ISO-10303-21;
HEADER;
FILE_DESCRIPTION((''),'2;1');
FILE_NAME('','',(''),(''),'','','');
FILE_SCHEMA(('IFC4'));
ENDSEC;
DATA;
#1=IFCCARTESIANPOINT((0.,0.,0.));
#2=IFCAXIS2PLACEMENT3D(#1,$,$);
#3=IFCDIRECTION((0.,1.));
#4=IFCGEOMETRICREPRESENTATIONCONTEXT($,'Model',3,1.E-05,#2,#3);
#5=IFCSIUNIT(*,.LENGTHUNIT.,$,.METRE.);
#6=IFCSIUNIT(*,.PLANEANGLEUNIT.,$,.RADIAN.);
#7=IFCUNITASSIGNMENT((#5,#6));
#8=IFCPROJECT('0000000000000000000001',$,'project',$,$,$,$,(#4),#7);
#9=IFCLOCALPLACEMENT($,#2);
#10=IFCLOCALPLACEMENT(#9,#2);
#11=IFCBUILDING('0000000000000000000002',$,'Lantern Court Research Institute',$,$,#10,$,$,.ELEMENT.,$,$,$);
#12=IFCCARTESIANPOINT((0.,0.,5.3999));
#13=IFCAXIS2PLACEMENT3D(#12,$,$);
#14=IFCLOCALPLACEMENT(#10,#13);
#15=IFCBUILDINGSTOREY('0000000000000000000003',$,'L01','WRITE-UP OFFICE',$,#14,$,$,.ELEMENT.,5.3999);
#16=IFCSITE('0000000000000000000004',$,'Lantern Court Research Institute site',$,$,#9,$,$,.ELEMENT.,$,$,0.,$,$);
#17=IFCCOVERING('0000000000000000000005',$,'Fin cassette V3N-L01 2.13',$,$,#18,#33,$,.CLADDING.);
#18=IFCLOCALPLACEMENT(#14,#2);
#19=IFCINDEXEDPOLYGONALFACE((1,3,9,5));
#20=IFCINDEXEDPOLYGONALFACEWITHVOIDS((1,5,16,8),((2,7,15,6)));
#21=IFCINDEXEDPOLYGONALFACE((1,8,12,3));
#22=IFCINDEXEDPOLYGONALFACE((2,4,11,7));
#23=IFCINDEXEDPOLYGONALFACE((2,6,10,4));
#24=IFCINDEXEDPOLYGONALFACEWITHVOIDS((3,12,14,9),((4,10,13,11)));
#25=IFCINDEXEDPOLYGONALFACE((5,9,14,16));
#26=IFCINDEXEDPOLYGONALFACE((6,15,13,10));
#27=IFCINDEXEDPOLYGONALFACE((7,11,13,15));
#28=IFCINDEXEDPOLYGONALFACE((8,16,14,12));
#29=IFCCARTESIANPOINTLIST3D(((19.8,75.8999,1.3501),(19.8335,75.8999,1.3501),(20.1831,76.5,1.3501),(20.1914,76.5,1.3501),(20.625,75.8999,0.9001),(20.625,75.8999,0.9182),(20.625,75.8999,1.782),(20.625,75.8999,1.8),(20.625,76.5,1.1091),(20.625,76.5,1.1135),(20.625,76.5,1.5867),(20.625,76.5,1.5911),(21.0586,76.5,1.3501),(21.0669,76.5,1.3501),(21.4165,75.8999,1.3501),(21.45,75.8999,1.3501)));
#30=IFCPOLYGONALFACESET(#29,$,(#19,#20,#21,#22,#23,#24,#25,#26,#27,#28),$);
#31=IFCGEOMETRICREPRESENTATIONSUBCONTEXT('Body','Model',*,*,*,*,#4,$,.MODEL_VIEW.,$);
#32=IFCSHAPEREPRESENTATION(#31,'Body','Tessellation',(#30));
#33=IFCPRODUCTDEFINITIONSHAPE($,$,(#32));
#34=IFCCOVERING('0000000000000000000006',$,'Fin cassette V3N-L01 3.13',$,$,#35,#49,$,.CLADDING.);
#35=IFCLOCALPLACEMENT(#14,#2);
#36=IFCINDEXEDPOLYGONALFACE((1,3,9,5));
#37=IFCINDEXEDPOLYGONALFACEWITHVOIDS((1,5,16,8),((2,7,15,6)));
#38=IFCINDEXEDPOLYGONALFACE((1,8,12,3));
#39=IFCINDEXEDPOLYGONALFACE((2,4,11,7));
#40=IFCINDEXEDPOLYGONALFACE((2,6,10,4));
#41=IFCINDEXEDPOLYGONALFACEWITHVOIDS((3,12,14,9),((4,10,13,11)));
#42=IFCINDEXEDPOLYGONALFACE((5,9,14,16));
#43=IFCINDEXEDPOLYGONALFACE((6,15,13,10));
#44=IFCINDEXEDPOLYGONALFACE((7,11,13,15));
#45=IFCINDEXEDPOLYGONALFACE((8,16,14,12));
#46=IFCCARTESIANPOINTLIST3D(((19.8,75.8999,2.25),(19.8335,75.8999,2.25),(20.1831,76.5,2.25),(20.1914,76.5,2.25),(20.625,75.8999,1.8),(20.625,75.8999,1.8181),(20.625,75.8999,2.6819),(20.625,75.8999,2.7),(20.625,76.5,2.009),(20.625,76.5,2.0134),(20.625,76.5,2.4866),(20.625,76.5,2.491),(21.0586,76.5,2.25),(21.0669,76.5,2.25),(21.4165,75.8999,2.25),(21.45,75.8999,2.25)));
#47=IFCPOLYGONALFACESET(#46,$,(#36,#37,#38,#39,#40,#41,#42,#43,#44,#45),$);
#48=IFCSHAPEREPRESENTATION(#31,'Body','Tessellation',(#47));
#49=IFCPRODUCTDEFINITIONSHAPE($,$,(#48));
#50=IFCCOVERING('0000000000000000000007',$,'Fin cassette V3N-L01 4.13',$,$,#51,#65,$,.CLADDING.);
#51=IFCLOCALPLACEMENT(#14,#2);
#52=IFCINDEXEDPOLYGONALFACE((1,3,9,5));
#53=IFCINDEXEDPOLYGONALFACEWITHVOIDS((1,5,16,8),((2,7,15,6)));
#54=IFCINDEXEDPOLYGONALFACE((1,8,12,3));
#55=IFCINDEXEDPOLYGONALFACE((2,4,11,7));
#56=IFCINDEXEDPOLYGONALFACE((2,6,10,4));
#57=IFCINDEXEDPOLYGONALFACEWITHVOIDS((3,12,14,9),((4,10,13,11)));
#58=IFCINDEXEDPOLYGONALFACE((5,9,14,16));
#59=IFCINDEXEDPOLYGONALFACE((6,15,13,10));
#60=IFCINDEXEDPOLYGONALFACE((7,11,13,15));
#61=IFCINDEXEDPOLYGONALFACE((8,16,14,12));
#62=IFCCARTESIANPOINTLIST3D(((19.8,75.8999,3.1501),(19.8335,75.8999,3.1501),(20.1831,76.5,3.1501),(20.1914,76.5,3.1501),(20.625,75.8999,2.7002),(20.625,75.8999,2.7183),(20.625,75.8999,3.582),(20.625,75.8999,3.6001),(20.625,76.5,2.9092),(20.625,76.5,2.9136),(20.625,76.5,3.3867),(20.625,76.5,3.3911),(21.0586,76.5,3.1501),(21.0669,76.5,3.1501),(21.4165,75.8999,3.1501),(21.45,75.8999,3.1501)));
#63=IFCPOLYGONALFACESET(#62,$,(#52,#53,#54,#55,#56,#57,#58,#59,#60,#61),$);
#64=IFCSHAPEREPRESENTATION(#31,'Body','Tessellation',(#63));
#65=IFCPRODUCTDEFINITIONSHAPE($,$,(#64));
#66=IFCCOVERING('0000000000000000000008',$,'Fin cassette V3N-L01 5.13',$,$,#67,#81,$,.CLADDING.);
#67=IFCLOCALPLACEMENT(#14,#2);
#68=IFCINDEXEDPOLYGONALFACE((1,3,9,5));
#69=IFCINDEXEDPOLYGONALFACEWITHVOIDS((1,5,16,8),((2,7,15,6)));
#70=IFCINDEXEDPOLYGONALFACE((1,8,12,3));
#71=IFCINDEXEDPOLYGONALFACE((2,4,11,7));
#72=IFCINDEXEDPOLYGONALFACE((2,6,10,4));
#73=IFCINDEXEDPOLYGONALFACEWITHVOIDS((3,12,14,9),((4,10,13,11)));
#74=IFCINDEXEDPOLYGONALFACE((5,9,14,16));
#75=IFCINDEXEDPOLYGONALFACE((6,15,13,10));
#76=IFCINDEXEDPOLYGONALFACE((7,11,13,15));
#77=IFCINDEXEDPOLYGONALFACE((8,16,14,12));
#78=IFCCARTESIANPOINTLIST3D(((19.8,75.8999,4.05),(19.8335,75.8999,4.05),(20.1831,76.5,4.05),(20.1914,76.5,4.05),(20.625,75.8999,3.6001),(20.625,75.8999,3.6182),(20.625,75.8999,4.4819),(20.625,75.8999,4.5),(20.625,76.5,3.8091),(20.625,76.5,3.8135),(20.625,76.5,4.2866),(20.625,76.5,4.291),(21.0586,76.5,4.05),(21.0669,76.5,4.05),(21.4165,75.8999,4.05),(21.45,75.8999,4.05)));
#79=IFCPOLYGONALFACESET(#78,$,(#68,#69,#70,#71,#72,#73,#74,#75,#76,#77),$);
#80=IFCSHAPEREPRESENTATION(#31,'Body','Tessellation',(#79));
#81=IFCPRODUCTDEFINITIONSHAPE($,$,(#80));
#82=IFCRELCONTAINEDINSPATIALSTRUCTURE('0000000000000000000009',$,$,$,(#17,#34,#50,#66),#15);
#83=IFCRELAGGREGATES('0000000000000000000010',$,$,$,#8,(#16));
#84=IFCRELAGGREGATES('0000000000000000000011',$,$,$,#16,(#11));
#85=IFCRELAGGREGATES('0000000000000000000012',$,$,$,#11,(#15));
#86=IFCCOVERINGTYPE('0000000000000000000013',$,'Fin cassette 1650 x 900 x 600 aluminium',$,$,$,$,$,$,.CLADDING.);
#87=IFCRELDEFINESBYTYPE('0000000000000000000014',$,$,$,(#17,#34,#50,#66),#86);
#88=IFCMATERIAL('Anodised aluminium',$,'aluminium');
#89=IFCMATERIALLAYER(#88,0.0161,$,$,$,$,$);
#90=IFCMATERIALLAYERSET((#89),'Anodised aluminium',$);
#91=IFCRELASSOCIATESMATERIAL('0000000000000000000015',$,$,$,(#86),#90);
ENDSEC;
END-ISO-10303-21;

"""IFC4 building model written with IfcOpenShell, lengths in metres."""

from ifc_helpers import new_model, entity, si_unit, direction, frame, origin, place, context, subcontext, project, spatial, material, layer, layer_set, type_object, element, save


model = new_model("IFC4")

# Units and contexts
model_context = context("Model", 3, precision=1e-05, world=origin(), true_north=direction((0.0, 1.0)))
body_context = subcontext(model_context, "Body", "Model", "MODEL_VIEW")
ifc_project = project(units=[si_unit("LENGTHUNIT", "METRE"), si_unit("PLANEANGLEUNIT", "RADIAN")], contexts=[model_context])

# Site, building, storey
site_placement = place(None, origin())
site = spatial("IfcSite", under=ifc_project, at=site_placement, Name="Lantern Court Research Institute site", CompositionType="ELEMENT", RefElevation=0.0)
building_placement = place(site_placement, origin())
building = spatial("IfcBuilding", under=site, at=building_placement, Name="Lantern Court Research Institute", CompositionType="ELEMENT")
storey_placement = place(building_placement, frame((0.0, 0.0, 5.3999)))
storey = spatial("IfcBuildingStorey", under=building, at=storey_placement, Name="L01", Description="WRITE-UP OFFICE", CompositionType="ELEMENT", Elevation=5.3999)

# Coverings
ifc_material_1 = material(Name="Anodised aluminium", Category="aluminium")
ifc_layer_1 = layer(ifc_material_1, 0.0161)
ifc_layer_set_1 = layer_set([ifc_layer_1], Name="Anodised aluminium")
covering_type_1 = type_object("IfcCoveringType", Name="Fin cassette 1650 x 900 x 600 aluminium", PredefinedType="CLADDING", material=ifc_layer_set_1)
covering_1_placement = place(storey_placement, frame((20.625, 75.8999, 1.3501), z_axis=(0.0, 1.0, 0.0), x_axis=(-1.0, 0.0, 0.0)))
cartesian_point_1 = entity("IfcCartesianPoint", [0.825, 0.0])
cartesian_point_2 = entity("IfcCartesianPoint", [0.7915, 0.0])
cartesian_point_3 = entity("IfcCartesianPoint", [0.4419, 0.0])
cartesian_point_4 = entity("IfcCartesianPoint", [0.4336, 0.0])
element("IfcCovering", 1, at=covering_1_placement, inside=storey, type_object=covering_type_1, Name="Fin cassette V3N-L01 2.13", PredefinedType="CLADDING", context=body_context, shape_type="SweptSolid", body=[
    entity("IfcExtrudedAreaSolidTapered", entity("IfcArbitraryProfileDefWithVoids", "AREA", None, entity("IfcPolyline", [cartesian_point_1, entity("IfcCartesianPoint", [0.0, 0.45]), entity("IfcCartesianPoint", [-0.825, 0.0]), entity("IfcCartesianPoint", [0.0, -0.45]), cartesian_point_1]), [entity("IfcPolyline", [cartesian_point_2, entity("IfcCartesianPoint", [0.0, 0.4319]), entity("IfcCartesianPoint", [-0.7915, 0.0]), entity("IfcCartesianPoint", [0.0, -0.4319]), cartesian_point_2])]), entity("IfcAxis2Placement3D", entity("IfcCartesianPoint", [0.0, 0.0, 0.0])), entity("IfcDirection", [0.0, 0.0, 1.0]), 0.6001, entity("IfcArbitraryProfileDefWithVoids", "AREA", None, entity("IfcPolyline", [cartesian_point_3, entity("IfcCartesianPoint", [0.0, 0.241]), entity("IfcCartesianPoint", [-0.4419, 0.0]), entity("IfcCartesianPoint", [0.0, -0.241]), cartesian_point_3]), [entity("IfcPolyline", [cartesian_point_4, entity("IfcCartesianPoint", [0.0, 0.2366]), entity("IfcCartesianPoint", [-0.4336, 0.0]), entity("IfcCartesianPoint", [0.0, -0.2366]), cartesian_point_4])])),
])
covering_2_placement = place(storey_placement, frame((20.625, 75.8999, 2.25), z_axis=(0.0, 1.0, 0.0), x_axis=(-1.0, 0.0, 0.0)))
cartesian_point_5 = entity("IfcCartesianPoint", [0.825, 0.0])
cartesian_point_6 = entity("IfcCartesianPoint", [0.7915, 0.0])
cartesian_point_7 = entity("IfcCartesianPoint", [0.4419, 0.0])
cartesian_point_8 = entity("IfcCartesianPoint", [0.4336, 0.0])
element("IfcCovering", 2, at=covering_2_placement, inside=storey, type_object=covering_type_1, Name="Fin cassette V3N-L01 3.13", PredefinedType="CLADDING", context=body_context, shape_type="SweptSolid", body=[
    entity("IfcExtrudedAreaSolidTapered", entity("IfcArbitraryProfileDefWithVoids", "AREA", None, entity("IfcPolyline", [cartesian_point_5, entity("IfcCartesianPoint", [0.0, 0.45]), entity("IfcCartesianPoint", [-0.825, 0.0]), entity("IfcCartesianPoint", [0.0, -0.45]), cartesian_point_5]), [entity("IfcPolyline", [cartesian_point_6, entity("IfcCartesianPoint", [0.0, 0.4319]), entity("IfcCartesianPoint", [-0.7915, 0.0]), entity("IfcCartesianPoint", [0.0, -0.4319]), cartesian_point_6])]), entity("IfcAxis2Placement3D", entity("IfcCartesianPoint", [0.0, 0.0, 0.0])), entity("IfcDirection", [0.0, 0.0, 1.0]), 0.6001, entity("IfcArbitraryProfileDefWithVoids", "AREA", None, entity("IfcPolyline", [cartesian_point_7, entity("IfcCartesianPoint", [0.0, 0.241]), entity("IfcCartesianPoint", [-0.4419, 0.0]), entity("IfcCartesianPoint", [0.0, -0.241]), cartesian_point_7]), [entity("IfcPolyline", [cartesian_point_8, entity("IfcCartesianPoint", [0.0, 0.2366]), entity("IfcCartesianPoint", [-0.4336, 0.0]), entity("IfcCartesianPoint", [0.0, -0.2366]), cartesian_point_8])])),
])
covering_3_placement = place(storey_placement, frame((20.625, 75.8999, 3.1501), z_axis=(0.0, 1.0, 0.0), x_axis=(-1.0, 0.0, 0.0)))
cartesian_point_9 = entity("IfcCartesianPoint", [0.825, 0.0])
cartesian_point_10 = entity("IfcCartesianPoint", [0.7915, 0.0])
cartesian_point_11 = entity("IfcCartesianPoint", [0.4419, 0.0])
cartesian_point_12 = entity("IfcCartesianPoint", [0.4336, 0.0])
element("IfcCovering", 3, at=covering_3_placement, inside=storey, type_object=covering_type_1, Name="Fin cassette V3N-L01 4.13", PredefinedType="CLADDING", context=body_context, shape_type="SweptSolid", body=[
    entity("IfcExtrudedAreaSolidTapered", entity("IfcArbitraryProfileDefWithVoids", "AREA", None, entity("IfcPolyline", [cartesian_point_9, entity("IfcCartesianPoint", [0.0, 0.45]), entity("IfcCartesianPoint", [-0.825, 0.0]), entity("IfcCartesianPoint", [0.0, -0.45]), cartesian_point_9]), [entity("IfcPolyline", [cartesian_point_10, entity("IfcCartesianPoint", [0.0, 0.4319]), entity("IfcCartesianPoint", [-0.7915, 0.0]), entity("IfcCartesianPoint", [0.0, -0.4319]), cartesian_point_10])]), entity("IfcAxis2Placement3D", entity("IfcCartesianPoint", [0.0, 0.0, 0.0])), entity("IfcDirection", [0.0, 0.0, 1.0]), 0.6001, entity("IfcArbitraryProfileDefWithVoids", "AREA", None, entity("IfcPolyline", [cartesian_point_11, entity("IfcCartesianPoint", [0.0, 0.241]), entity("IfcCartesianPoint", [-0.4419, 0.0]), entity("IfcCartesianPoint", [0.0, -0.241]), cartesian_point_11]), [entity("IfcPolyline", [cartesian_point_12, entity("IfcCartesianPoint", [0.0, 0.2366]), entity("IfcCartesianPoint", [-0.4336, 0.0]), entity("IfcCartesianPoint", [0.0, -0.2366]), cartesian_point_12])])),
])
covering_4_placement = place(storey_placement, frame((20.625, 75.8999, 4.05), z_axis=(0.0, 1.0, 0.0), x_axis=(-1.0, 0.0, 0.0)))
cartesian_point_13 = entity("IfcCartesianPoint", [0.825, 0.0])
cartesian_point_14 = entity("IfcCartesianPoint", [0.7915, 0.0])
cartesian_point_15 = entity("IfcCartesianPoint", [0.4419, 0.0])
cartesian_point_16 = entity("IfcCartesianPoint", [0.4336, 0.0])
element("IfcCovering", 4, at=covering_4_placement, inside=storey, type_object=covering_type_1, Name="Fin cassette V3N-L01 5.13", PredefinedType="CLADDING", context=body_context, shape_type="SweptSolid", body=[
    entity("IfcExtrudedAreaSolidTapered", entity("IfcArbitraryProfileDefWithVoids", "AREA", None, entity("IfcPolyline", [cartesian_point_13, entity("IfcCartesianPoint", [0.0, 0.45]), entity("IfcCartesianPoint", [-0.825, 0.0]), entity("IfcCartesianPoint", [0.0, -0.45]), cartesian_point_13]), [entity("IfcPolyline", [cartesian_point_14, entity("IfcCartesianPoint", [0.0, 0.4319]), entity("IfcCartesianPoint", [-0.7915, 0.0]), entity("IfcCartesianPoint", [0.0, -0.4319]), cartesian_point_14])]), entity("IfcAxis2Placement3D", entity("IfcCartesianPoint", [0.0, 0.0, 0.0])), entity("IfcDirection", [0.0, 0.0, 1.0]), 0.6001, entity("IfcArbitraryProfileDefWithVoids", "AREA", None, entity("IfcPolyline", [cartesian_point_15, entity("IfcCartesianPoint", [0.0, 0.241]), entity("IfcCartesianPoint", [-0.4419, 0.0]), entity("IfcCartesianPoint", [0.0, -0.241]), cartesian_point_15]), [entity("IfcPolyline", [cartesian_point_16, entity("IfcCartesianPoint", [0.0, 0.2366]), entity("IfcCartesianPoint", [-0.4336, 0.0]), entity("IfcCartesianPoint", [0.0, -0.2366]), cartesian_point_16])])),
])

save(model, "model.ifc")
